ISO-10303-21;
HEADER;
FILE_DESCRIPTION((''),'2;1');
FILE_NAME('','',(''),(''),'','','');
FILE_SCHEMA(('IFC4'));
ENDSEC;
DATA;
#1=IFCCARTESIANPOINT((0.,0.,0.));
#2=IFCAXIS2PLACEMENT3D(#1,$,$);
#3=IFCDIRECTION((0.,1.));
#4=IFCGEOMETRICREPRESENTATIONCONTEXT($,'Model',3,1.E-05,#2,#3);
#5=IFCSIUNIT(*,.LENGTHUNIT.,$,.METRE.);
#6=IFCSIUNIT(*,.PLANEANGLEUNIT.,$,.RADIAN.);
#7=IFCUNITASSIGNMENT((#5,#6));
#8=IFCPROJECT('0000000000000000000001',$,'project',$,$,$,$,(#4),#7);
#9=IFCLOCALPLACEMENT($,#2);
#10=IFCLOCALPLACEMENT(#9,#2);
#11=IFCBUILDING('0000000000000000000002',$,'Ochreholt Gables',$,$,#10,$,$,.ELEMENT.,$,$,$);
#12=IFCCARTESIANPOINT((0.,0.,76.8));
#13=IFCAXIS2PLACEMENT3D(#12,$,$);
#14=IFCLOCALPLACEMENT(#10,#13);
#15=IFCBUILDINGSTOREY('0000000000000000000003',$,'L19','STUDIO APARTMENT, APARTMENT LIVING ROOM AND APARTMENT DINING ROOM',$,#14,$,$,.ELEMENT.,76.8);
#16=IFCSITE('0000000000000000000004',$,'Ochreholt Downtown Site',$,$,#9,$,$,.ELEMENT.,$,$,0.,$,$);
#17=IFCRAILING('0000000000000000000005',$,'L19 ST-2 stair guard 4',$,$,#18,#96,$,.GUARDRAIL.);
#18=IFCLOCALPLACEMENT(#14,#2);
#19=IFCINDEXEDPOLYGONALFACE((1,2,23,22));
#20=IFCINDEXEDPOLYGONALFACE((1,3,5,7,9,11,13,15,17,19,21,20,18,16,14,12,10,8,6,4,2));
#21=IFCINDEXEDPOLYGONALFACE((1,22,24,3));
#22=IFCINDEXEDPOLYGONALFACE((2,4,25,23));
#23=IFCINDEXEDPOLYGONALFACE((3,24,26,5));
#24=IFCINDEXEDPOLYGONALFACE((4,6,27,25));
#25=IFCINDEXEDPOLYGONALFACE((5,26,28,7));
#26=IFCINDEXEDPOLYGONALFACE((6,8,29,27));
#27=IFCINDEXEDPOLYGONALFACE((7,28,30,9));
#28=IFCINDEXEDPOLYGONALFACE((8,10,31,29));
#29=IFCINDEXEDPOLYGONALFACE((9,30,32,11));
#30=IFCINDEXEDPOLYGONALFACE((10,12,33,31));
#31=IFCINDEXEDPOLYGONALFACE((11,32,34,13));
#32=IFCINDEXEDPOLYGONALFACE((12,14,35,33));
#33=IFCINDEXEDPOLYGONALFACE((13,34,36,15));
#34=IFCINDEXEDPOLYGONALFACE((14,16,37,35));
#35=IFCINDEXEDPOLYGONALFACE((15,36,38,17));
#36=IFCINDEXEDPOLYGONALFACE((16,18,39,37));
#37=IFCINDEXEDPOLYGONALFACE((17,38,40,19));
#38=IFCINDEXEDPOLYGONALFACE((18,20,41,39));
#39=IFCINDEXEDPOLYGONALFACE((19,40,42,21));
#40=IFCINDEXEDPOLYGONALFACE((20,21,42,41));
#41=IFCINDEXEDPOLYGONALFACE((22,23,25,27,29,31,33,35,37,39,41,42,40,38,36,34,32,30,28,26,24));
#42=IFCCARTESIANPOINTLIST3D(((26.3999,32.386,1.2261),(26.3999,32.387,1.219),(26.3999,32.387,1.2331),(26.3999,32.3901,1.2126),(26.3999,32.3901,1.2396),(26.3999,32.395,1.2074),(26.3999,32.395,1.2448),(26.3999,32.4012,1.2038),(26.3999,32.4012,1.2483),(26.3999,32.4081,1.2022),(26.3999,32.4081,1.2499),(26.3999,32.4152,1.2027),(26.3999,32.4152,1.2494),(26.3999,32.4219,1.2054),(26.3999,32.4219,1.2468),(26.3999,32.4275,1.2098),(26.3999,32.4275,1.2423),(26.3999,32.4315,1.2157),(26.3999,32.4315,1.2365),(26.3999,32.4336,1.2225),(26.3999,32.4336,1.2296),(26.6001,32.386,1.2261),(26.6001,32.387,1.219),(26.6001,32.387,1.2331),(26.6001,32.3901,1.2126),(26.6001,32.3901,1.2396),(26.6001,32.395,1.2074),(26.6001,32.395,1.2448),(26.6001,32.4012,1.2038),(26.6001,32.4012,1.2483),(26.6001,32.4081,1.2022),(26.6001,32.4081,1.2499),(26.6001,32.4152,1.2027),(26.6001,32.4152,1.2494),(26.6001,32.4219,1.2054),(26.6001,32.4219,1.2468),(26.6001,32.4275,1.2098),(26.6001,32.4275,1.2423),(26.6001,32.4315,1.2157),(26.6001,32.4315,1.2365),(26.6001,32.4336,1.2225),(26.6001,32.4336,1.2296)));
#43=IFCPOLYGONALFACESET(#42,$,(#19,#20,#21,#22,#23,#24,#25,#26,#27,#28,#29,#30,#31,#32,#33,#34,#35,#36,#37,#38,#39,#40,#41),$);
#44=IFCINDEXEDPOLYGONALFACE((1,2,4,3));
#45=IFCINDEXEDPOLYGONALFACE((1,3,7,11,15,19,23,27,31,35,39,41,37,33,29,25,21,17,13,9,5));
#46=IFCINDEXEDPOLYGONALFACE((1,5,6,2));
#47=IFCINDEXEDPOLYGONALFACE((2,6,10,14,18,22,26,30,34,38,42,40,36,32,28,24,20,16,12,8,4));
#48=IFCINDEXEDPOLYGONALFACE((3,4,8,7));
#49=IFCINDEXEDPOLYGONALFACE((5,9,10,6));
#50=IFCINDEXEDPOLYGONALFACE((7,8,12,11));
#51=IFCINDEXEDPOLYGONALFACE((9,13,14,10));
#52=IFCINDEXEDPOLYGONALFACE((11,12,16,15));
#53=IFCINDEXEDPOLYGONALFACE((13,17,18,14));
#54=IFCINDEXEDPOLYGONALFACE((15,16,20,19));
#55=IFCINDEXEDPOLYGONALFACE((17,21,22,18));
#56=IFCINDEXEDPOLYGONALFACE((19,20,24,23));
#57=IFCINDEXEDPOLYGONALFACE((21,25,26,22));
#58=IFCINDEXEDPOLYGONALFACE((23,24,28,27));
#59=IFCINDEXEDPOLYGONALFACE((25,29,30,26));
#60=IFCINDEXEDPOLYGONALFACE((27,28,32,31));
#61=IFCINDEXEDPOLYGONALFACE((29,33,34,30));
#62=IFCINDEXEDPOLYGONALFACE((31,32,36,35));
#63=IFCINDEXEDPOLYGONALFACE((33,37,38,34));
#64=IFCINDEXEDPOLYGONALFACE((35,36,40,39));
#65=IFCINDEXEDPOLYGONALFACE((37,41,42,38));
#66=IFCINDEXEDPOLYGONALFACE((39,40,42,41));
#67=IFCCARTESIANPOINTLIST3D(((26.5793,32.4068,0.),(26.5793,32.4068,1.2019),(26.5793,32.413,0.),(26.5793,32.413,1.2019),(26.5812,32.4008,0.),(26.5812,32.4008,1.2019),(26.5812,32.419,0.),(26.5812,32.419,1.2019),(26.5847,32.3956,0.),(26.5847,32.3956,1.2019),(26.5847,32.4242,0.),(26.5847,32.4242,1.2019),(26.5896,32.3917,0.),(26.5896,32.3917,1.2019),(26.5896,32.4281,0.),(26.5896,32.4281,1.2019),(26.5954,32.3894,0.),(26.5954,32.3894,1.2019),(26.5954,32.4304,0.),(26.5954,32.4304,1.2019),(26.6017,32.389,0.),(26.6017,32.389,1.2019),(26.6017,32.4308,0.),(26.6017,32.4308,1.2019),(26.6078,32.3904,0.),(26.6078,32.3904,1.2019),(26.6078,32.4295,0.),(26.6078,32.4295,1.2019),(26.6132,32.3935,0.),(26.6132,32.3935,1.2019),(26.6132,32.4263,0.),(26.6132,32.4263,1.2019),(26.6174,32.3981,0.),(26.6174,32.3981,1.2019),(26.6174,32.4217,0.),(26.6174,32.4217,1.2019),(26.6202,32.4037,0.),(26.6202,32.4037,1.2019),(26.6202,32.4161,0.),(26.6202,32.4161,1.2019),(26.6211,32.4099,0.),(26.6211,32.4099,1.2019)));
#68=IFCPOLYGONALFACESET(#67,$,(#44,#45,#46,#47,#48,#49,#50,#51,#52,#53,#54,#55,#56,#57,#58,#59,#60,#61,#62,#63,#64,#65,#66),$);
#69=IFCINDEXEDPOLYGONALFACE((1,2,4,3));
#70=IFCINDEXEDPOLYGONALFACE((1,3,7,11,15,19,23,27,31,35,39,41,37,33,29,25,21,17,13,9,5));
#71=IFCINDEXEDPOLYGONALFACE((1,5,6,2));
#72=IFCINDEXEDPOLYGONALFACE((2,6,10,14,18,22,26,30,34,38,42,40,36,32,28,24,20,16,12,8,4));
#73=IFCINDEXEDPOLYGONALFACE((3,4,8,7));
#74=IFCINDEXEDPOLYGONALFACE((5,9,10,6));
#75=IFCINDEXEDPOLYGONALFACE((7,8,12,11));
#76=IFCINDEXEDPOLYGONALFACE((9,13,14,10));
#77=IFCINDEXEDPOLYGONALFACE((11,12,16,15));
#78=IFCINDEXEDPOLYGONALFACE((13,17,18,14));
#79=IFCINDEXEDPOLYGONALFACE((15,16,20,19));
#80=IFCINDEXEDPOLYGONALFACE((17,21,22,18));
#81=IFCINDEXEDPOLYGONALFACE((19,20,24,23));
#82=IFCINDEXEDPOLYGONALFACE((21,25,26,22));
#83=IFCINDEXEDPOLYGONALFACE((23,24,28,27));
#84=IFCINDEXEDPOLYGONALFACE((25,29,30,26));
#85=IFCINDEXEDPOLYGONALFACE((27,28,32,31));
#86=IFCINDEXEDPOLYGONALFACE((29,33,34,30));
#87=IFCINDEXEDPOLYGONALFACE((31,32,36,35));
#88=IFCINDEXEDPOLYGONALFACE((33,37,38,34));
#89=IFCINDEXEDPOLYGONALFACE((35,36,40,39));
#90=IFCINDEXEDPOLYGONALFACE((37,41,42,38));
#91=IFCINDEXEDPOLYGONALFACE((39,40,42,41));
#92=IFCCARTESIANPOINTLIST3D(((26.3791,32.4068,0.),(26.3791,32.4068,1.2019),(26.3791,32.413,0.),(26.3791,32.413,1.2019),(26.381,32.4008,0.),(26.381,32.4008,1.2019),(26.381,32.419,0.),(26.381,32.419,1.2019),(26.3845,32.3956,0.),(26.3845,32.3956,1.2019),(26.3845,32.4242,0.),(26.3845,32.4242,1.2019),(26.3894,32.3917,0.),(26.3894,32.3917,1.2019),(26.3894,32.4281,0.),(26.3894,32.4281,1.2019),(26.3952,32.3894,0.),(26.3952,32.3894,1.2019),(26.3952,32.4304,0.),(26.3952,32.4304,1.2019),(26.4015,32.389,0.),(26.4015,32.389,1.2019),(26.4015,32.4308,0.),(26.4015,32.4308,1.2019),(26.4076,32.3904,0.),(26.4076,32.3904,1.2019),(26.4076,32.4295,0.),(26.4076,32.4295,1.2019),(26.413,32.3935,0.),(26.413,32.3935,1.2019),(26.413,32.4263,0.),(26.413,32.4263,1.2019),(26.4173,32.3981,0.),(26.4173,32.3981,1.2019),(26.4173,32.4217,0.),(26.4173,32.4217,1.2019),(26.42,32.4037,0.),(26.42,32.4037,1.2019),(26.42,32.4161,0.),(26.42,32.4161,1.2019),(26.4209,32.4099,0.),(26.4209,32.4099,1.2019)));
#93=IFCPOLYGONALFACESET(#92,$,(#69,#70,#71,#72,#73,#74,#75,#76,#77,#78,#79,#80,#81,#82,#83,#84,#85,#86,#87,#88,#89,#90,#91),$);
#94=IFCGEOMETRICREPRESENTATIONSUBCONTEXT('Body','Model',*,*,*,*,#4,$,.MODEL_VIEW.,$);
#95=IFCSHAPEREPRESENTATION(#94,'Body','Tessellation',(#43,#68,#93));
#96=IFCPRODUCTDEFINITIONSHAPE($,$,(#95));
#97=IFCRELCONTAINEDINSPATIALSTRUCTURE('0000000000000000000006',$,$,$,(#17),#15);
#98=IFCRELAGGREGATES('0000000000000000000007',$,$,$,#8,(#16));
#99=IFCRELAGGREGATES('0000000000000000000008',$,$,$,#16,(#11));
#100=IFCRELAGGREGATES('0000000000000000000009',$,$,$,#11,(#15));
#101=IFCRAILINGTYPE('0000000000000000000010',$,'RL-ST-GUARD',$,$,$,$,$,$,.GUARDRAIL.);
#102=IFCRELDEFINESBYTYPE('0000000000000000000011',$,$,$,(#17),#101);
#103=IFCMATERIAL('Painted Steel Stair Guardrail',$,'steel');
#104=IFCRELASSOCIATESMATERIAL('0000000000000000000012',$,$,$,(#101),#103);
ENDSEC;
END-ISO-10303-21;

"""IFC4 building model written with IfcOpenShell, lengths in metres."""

from ifc_helpers import new_model, si_unit, direction, frame, origin, origin_2d, place, context, subcontext, project, spatial, circle, extrude, material, type_object, element, save


model = new_model("IFC4")

# Units and contexts
model_context = context("Model", 3, precision=1e-05, world=origin(), true_north=direction((0.0, 1.0)))
body_context = subcontext(model_context, "Body", "Model", "MODEL_VIEW")
ifc_project = project(units=[si_unit("LENGTHUNIT", "METRE"), si_unit("PLANEANGLEUNIT", "RADIAN")], contexts=[model_context])

# Site, building, storey
site_placement = place(None, origin())
site = spatial("IfcSite", under=ifc_project, at=site_placement, Name="Ochreholt Downtown Site", CompositionType="ELEMENT", RefElevation=0.0)
building_placement = place(site_placement, origin())
building = spatial("IfcBuilding", under=site, at=building_placement, Name="Ochreholt Gables", CompositionType="ELEMENT")
storey_placement = place(building_placement, frame((0.0, 0.0, 76.8)))
storey = spatial("IfcBuildingStorey", under=building, at=storey_placement, Name="L19", Description="STUDIO APARTMENT, APARTMENT LIVING ROOM AND APARTMENT DINING ROOM", CompositionType="ELEMENT", Elevation=76.8)

# Railing
ifc_material_1 = material(Name="Painted Steel Stair Guardrail", Category="steel")
railing_type_1 = type_object("IfcRailingType", Name="RL-ST-GUARD", PredefinedType="GUARDRAIL", material=ifc_material_1)
railing_1_placement = place(storey_placement, frame((26.6001, 32.4099, 0.0)))
element("IfcRailing", 1, at=railing_1_placement, inside=storey, type_object=railing_type_1, Name="L19 ST-2 stair guard 4", PredefinedType="GUARDRAIL", context=body_context, shape_type="SweptSolid", body=[
    extrude(circle(Radius=0.0239, at=origin_2d()), frame((0.0, 0.0, 1.2261), z_axis=(-1.0, 0.0, 0.0), x_axis=(0.0, -1.0, 0.0)), (0.0, 0.0, 1.0), 0.2002),
    extrude(circle(Radius=0.021, at=origin_2d()), origin(), (0.0, 0.0, 1.0), 1.2019),
    extrude(circle(Radius=0.021, at=origin_2d()), frame((-0.2002, 0.0, 0.0)), (0.0, 0.0, 1.0), 1.2019),
])

save(model, "model.ifc")
